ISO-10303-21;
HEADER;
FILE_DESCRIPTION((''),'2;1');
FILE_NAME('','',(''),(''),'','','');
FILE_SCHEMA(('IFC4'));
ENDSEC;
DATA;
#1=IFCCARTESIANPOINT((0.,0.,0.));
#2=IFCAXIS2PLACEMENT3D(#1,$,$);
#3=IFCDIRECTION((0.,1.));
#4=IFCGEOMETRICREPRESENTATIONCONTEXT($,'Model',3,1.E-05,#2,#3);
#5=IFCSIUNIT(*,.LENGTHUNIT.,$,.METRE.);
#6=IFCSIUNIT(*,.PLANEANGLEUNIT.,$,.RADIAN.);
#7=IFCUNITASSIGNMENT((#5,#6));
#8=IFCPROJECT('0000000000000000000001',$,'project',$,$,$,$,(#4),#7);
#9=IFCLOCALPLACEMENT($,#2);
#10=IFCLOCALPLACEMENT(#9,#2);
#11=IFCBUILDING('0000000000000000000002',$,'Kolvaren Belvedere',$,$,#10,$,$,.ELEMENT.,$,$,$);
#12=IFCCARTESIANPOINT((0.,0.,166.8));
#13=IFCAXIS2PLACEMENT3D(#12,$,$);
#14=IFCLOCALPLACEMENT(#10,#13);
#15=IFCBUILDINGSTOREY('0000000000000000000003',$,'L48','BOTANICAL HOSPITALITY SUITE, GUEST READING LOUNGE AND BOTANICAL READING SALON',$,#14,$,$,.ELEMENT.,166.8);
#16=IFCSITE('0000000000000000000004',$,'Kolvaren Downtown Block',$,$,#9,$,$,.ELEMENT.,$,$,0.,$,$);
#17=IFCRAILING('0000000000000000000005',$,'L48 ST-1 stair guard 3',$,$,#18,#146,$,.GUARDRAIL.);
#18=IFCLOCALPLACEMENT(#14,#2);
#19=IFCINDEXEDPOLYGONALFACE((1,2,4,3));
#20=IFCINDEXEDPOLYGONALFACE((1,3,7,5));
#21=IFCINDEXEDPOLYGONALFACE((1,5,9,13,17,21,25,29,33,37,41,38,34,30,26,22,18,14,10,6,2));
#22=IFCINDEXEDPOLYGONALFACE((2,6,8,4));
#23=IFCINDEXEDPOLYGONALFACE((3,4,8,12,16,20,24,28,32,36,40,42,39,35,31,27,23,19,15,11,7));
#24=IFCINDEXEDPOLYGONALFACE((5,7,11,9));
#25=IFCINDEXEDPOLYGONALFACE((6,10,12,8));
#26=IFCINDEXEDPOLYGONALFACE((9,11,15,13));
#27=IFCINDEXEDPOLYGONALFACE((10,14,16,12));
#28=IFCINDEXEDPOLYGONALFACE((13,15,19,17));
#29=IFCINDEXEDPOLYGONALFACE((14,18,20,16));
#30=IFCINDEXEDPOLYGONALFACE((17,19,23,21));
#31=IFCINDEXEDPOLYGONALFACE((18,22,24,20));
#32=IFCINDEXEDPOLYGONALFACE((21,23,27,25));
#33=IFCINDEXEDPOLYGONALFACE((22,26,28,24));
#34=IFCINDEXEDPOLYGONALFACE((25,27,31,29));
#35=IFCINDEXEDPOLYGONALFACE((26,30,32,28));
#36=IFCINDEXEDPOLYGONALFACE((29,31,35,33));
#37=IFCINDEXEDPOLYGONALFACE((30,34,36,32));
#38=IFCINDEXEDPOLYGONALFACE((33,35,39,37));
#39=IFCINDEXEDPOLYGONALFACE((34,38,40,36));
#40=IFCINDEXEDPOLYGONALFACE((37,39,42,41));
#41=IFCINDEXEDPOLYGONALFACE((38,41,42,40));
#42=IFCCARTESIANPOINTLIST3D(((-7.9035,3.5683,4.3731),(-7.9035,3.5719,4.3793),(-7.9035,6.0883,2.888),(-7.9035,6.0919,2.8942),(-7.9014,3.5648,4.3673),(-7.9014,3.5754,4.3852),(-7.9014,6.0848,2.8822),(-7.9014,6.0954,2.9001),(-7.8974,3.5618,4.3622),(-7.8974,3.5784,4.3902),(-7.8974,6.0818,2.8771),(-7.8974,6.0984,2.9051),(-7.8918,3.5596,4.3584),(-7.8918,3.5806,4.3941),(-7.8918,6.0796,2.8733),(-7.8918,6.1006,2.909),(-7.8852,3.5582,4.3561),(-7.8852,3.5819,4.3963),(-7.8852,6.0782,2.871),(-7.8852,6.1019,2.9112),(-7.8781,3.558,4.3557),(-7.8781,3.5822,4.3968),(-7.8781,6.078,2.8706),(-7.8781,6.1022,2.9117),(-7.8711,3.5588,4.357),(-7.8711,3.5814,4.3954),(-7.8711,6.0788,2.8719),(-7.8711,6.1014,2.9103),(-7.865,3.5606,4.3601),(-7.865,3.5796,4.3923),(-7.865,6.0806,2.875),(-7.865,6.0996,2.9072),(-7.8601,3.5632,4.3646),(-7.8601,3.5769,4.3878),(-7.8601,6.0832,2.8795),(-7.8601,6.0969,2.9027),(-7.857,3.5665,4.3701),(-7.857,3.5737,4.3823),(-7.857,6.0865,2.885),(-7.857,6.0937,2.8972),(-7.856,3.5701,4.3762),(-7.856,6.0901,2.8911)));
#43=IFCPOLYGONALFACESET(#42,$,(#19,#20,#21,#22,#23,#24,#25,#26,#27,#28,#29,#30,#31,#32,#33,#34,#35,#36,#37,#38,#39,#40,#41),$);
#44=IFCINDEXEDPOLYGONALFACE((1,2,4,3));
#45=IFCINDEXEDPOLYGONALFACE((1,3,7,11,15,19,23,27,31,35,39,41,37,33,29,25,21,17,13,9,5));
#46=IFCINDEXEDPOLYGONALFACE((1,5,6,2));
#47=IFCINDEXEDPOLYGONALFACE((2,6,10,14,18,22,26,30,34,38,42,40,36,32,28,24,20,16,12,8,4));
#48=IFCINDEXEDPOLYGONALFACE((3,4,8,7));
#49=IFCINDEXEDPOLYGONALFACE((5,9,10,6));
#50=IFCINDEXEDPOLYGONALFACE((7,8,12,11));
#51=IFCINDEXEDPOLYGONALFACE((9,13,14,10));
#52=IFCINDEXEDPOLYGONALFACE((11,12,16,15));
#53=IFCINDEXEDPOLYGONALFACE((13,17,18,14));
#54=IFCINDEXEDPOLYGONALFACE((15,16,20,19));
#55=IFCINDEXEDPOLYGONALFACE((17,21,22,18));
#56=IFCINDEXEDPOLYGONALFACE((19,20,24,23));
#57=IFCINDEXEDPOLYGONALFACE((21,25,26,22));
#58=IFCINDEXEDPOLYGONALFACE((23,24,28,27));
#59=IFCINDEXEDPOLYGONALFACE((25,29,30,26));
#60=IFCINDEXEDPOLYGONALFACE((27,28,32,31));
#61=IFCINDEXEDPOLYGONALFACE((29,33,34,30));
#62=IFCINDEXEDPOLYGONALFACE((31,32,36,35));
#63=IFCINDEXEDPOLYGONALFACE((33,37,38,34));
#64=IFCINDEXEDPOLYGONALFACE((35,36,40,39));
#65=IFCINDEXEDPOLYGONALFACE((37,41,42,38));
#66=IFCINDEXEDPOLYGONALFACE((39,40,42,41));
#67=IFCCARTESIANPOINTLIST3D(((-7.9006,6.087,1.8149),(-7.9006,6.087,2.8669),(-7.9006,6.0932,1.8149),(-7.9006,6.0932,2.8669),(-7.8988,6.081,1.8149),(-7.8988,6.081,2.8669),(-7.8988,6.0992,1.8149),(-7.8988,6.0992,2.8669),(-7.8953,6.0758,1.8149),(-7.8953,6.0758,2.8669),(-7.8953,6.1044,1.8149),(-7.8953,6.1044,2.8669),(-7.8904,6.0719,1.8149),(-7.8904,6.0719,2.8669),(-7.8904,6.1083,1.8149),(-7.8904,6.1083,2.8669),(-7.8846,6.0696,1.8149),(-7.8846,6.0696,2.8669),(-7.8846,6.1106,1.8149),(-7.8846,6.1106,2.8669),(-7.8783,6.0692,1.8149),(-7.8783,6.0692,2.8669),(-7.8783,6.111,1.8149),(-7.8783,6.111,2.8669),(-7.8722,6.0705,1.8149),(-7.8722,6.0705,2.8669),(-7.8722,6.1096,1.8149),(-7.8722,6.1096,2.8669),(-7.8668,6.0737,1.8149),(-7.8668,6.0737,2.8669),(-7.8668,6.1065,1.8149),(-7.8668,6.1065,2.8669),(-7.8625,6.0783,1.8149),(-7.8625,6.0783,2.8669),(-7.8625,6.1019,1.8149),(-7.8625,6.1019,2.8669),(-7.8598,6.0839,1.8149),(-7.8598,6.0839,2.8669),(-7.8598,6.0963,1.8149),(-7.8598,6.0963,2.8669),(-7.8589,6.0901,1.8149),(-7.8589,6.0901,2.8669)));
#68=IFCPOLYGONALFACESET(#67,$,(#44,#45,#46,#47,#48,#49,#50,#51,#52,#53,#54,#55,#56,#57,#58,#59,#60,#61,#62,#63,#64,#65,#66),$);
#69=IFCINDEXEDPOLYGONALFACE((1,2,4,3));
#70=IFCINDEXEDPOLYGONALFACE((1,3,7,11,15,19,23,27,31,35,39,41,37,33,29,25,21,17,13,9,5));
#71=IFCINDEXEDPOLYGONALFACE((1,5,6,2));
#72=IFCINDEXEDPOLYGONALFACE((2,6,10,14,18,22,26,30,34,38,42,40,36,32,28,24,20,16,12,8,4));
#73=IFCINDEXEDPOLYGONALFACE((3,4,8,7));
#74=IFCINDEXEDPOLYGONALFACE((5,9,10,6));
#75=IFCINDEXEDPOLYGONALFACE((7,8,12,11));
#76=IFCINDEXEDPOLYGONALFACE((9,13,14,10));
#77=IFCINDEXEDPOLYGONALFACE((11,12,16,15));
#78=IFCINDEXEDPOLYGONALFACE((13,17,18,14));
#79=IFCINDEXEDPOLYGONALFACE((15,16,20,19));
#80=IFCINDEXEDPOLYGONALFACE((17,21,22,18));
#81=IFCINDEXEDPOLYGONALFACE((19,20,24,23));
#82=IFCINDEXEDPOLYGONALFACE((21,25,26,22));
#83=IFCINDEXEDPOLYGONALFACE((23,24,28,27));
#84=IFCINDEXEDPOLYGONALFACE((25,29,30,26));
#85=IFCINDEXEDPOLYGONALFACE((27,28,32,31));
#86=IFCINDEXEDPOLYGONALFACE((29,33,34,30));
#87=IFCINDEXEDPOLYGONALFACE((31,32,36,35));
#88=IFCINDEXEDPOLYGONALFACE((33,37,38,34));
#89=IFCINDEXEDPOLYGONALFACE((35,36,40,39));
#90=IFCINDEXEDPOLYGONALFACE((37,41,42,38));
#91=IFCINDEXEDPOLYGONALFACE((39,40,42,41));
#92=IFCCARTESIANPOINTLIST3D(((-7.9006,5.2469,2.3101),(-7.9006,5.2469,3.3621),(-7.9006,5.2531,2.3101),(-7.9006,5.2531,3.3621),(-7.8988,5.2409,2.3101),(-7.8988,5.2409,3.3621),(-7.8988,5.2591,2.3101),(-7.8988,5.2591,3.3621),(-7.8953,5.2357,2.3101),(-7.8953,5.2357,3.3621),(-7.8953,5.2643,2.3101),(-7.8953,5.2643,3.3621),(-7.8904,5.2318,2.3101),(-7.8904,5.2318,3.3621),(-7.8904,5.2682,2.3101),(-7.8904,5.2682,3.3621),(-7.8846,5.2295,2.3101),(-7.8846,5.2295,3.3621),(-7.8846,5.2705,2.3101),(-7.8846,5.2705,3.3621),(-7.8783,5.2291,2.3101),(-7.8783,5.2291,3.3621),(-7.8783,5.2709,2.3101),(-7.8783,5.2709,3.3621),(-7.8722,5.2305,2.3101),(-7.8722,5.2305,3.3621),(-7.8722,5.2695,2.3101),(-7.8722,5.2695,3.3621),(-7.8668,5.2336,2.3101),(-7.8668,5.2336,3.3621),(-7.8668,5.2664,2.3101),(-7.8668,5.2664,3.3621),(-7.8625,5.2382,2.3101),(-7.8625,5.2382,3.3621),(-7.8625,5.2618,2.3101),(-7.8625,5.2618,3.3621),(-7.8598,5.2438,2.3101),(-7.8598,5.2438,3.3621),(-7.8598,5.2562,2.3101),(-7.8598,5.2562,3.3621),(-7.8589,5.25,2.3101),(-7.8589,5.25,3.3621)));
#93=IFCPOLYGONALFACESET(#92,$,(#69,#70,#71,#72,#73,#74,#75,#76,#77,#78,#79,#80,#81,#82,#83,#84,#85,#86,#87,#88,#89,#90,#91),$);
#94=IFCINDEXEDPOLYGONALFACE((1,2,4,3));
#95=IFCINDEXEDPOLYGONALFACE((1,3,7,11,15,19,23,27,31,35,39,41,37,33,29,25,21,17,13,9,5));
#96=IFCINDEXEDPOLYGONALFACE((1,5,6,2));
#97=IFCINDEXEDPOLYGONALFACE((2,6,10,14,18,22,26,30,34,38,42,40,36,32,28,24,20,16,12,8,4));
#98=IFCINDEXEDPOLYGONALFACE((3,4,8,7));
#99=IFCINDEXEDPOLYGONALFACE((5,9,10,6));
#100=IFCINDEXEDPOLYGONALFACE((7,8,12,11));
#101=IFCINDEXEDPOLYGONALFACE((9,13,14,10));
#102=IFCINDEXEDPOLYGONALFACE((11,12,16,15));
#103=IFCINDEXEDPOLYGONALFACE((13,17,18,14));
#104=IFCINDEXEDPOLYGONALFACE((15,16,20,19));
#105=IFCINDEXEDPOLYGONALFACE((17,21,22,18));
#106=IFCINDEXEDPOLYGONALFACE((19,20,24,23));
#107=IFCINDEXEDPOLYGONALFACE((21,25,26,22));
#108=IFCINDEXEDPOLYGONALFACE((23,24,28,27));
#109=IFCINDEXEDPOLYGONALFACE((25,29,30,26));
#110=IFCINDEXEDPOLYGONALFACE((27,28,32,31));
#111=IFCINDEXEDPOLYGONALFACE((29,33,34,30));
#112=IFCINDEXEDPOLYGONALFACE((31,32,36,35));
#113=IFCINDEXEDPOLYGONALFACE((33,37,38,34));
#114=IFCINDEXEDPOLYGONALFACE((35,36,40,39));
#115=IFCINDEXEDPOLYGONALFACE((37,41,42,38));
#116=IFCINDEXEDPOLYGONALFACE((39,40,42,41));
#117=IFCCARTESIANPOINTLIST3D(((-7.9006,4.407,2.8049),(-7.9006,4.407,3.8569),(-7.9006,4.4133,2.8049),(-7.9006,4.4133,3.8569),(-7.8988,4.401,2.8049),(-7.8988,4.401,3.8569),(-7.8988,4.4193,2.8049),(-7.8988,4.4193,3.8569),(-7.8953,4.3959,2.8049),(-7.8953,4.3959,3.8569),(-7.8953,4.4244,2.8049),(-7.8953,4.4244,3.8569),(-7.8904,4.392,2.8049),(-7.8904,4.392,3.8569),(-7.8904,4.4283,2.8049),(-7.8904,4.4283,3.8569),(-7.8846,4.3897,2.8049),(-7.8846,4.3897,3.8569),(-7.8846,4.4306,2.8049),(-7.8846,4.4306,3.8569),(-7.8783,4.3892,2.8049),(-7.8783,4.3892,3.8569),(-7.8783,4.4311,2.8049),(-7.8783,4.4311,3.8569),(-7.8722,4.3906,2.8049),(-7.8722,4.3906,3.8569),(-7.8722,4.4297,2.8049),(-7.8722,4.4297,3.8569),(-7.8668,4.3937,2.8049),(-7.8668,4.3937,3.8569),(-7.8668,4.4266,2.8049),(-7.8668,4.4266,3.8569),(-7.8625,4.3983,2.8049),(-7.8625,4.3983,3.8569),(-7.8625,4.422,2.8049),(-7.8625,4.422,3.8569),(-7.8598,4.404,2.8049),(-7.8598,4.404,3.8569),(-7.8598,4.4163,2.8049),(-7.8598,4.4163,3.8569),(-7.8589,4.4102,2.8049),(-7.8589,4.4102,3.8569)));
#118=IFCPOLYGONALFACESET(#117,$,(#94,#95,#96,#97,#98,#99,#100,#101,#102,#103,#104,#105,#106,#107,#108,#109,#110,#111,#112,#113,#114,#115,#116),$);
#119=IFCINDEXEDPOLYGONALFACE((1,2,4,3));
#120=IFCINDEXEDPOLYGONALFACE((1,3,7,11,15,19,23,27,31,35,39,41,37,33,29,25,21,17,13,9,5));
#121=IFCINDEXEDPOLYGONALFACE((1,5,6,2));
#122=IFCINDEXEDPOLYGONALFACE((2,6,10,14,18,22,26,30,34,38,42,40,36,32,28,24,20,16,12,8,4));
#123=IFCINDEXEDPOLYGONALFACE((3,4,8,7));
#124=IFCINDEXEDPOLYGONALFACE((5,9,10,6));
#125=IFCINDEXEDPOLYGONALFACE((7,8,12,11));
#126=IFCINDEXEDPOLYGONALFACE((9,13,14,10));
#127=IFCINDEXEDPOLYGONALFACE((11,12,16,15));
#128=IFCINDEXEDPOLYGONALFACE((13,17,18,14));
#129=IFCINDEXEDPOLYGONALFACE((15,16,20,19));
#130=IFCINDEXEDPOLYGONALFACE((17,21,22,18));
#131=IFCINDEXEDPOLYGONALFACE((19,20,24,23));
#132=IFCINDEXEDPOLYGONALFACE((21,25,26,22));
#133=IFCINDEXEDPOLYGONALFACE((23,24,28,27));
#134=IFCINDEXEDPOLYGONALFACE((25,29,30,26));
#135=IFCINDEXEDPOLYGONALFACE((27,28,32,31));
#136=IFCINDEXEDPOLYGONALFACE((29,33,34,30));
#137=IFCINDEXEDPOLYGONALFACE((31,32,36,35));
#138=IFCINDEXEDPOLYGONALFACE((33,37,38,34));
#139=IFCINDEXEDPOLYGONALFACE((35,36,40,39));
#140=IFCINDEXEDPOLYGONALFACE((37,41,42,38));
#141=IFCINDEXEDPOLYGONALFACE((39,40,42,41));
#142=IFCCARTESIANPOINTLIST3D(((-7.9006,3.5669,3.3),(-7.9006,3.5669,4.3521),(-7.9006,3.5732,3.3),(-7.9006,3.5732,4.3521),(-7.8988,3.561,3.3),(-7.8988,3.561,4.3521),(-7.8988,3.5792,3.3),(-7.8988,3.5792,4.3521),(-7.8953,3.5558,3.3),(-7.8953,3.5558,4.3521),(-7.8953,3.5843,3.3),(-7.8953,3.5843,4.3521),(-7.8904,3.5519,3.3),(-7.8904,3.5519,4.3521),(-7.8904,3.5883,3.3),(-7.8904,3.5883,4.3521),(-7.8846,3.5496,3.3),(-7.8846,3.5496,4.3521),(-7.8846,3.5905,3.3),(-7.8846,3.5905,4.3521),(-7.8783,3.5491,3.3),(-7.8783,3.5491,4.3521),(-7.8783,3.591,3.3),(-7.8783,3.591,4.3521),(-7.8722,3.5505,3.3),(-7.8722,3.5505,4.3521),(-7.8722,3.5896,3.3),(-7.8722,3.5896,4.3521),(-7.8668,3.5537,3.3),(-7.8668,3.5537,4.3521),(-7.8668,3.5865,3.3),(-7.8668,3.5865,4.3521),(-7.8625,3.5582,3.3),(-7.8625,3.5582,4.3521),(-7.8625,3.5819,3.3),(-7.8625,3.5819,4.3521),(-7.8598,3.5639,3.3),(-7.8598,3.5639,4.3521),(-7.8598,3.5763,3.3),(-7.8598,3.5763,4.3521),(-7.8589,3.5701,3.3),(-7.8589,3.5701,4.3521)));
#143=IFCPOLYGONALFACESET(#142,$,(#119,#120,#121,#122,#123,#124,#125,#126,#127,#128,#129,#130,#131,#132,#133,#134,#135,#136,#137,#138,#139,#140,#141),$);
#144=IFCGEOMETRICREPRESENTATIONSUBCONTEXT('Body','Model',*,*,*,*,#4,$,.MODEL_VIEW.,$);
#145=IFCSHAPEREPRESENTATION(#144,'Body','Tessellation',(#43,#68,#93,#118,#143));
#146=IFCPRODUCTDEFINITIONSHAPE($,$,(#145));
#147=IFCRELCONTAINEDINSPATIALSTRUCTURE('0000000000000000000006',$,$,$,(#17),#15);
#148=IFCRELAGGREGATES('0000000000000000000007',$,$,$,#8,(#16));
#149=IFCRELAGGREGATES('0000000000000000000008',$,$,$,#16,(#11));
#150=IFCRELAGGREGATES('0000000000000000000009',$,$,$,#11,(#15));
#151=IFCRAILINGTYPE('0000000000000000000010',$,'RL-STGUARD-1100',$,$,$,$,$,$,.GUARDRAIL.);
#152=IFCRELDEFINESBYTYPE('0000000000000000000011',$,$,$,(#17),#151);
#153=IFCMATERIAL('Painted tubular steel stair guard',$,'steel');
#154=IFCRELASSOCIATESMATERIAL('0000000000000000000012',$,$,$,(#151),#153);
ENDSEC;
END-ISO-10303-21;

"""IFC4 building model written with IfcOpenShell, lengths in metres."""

from ifc_helpers import new_model, si_unit, direction, frame, origin, origin_2d, place, context, subcontext, project, spatial, circle, extrude, material, type_object, element, save


model = new_model("IFC4")

# Units and contexts
model_context = context("Model", 3, precision=1e-05, world=origin(), true_north=direction((0.0, 1.0)))
body_context = subcontext(model_context, "Body", "Model", "MODEL_VIEW")
ifc_project = project(units=[si_unit("LENGTHUNIT", "METRE"), si_unit("PLANEANGLEUNIT", "RADIAN")], contexts=[model_context])

# Site, building, storey
site_placement = place(None, origin())
site = spatial("IfcSite", under=ifc_project, at=site_placement, Name="Kolvaren Downtown Block", CompositionType="ELEMENT", RefElevation=0.0)
building_placement = place(site_placement, origin())
building = spatial("IfcBuilding", under=site, at=building_placement, Name="Kolvaren Belvedere", CompositionType="ELEMENT")
storey_placement = place(building_placement, frame((0.0, 0.0, 166.8)))
storey = spatial("IfcBuildingStorey", under=building, at=storey_placement, Name="L48", Description="BOTANICAL HOSPITALITY SUITE, GUEST READING LOUNGE AND BOTANICAL READING SALON", CompositionType="ELEMENT", Elevation=166.8)

# Railing
ifc_material_1 = material(Name="Painted tubular steel stair guard", Category="steel")
railing_type_1 = type_object("IfcRailingType", Name="RL-STGUARD-1100", PredefinedType="GUARDRAIL", material=ifc_material_1)
railing_1_placement = place(storey_placement, frame((-7.8799, 6.0901, 1.8149)))
element("IfcRailing", 1, at=railing_1_placement, inside=storey, type_object=railing_type_1, Name="L48 ST-1 stair guard 3", PredefinedType="GUARDRAIL", context=body_context, shape_type="SweptSolid", body=[
    extrude(circle(Radius=0.0239, at=origin_2d()), frame((0.0, 0.0, 1.0762), z_axis=(0.0, -0.861524, 0.507717), x_axis=(1.0, 0.0, 0.0)), (0.0, 0.0, 1.0), 2.925),
    extrude(circle(Radius=0.021, at=origin_2d()), origin(), (0.0, 0.0, 1.0), 1.052),
    extrude(circle(Radius=0.021, at=origin_2d()), frame((0.0, -0.8401, 0.4951)), (0.0, 0.0, 1.0), 1.052),
    extrude(circle(Radius=0.021, at=origin_2d()), frame((0.0, -1.6799, 0.99)), (0.0, 0.0, 1.0), 1.052),
    extrude(circle(Radius=0.021, at=origin_2d()), frame((0.0, -2.52, 1.4851)), (0.0, 0.0, 1.0), 1.052),
])

save(model, "model.ifc")
